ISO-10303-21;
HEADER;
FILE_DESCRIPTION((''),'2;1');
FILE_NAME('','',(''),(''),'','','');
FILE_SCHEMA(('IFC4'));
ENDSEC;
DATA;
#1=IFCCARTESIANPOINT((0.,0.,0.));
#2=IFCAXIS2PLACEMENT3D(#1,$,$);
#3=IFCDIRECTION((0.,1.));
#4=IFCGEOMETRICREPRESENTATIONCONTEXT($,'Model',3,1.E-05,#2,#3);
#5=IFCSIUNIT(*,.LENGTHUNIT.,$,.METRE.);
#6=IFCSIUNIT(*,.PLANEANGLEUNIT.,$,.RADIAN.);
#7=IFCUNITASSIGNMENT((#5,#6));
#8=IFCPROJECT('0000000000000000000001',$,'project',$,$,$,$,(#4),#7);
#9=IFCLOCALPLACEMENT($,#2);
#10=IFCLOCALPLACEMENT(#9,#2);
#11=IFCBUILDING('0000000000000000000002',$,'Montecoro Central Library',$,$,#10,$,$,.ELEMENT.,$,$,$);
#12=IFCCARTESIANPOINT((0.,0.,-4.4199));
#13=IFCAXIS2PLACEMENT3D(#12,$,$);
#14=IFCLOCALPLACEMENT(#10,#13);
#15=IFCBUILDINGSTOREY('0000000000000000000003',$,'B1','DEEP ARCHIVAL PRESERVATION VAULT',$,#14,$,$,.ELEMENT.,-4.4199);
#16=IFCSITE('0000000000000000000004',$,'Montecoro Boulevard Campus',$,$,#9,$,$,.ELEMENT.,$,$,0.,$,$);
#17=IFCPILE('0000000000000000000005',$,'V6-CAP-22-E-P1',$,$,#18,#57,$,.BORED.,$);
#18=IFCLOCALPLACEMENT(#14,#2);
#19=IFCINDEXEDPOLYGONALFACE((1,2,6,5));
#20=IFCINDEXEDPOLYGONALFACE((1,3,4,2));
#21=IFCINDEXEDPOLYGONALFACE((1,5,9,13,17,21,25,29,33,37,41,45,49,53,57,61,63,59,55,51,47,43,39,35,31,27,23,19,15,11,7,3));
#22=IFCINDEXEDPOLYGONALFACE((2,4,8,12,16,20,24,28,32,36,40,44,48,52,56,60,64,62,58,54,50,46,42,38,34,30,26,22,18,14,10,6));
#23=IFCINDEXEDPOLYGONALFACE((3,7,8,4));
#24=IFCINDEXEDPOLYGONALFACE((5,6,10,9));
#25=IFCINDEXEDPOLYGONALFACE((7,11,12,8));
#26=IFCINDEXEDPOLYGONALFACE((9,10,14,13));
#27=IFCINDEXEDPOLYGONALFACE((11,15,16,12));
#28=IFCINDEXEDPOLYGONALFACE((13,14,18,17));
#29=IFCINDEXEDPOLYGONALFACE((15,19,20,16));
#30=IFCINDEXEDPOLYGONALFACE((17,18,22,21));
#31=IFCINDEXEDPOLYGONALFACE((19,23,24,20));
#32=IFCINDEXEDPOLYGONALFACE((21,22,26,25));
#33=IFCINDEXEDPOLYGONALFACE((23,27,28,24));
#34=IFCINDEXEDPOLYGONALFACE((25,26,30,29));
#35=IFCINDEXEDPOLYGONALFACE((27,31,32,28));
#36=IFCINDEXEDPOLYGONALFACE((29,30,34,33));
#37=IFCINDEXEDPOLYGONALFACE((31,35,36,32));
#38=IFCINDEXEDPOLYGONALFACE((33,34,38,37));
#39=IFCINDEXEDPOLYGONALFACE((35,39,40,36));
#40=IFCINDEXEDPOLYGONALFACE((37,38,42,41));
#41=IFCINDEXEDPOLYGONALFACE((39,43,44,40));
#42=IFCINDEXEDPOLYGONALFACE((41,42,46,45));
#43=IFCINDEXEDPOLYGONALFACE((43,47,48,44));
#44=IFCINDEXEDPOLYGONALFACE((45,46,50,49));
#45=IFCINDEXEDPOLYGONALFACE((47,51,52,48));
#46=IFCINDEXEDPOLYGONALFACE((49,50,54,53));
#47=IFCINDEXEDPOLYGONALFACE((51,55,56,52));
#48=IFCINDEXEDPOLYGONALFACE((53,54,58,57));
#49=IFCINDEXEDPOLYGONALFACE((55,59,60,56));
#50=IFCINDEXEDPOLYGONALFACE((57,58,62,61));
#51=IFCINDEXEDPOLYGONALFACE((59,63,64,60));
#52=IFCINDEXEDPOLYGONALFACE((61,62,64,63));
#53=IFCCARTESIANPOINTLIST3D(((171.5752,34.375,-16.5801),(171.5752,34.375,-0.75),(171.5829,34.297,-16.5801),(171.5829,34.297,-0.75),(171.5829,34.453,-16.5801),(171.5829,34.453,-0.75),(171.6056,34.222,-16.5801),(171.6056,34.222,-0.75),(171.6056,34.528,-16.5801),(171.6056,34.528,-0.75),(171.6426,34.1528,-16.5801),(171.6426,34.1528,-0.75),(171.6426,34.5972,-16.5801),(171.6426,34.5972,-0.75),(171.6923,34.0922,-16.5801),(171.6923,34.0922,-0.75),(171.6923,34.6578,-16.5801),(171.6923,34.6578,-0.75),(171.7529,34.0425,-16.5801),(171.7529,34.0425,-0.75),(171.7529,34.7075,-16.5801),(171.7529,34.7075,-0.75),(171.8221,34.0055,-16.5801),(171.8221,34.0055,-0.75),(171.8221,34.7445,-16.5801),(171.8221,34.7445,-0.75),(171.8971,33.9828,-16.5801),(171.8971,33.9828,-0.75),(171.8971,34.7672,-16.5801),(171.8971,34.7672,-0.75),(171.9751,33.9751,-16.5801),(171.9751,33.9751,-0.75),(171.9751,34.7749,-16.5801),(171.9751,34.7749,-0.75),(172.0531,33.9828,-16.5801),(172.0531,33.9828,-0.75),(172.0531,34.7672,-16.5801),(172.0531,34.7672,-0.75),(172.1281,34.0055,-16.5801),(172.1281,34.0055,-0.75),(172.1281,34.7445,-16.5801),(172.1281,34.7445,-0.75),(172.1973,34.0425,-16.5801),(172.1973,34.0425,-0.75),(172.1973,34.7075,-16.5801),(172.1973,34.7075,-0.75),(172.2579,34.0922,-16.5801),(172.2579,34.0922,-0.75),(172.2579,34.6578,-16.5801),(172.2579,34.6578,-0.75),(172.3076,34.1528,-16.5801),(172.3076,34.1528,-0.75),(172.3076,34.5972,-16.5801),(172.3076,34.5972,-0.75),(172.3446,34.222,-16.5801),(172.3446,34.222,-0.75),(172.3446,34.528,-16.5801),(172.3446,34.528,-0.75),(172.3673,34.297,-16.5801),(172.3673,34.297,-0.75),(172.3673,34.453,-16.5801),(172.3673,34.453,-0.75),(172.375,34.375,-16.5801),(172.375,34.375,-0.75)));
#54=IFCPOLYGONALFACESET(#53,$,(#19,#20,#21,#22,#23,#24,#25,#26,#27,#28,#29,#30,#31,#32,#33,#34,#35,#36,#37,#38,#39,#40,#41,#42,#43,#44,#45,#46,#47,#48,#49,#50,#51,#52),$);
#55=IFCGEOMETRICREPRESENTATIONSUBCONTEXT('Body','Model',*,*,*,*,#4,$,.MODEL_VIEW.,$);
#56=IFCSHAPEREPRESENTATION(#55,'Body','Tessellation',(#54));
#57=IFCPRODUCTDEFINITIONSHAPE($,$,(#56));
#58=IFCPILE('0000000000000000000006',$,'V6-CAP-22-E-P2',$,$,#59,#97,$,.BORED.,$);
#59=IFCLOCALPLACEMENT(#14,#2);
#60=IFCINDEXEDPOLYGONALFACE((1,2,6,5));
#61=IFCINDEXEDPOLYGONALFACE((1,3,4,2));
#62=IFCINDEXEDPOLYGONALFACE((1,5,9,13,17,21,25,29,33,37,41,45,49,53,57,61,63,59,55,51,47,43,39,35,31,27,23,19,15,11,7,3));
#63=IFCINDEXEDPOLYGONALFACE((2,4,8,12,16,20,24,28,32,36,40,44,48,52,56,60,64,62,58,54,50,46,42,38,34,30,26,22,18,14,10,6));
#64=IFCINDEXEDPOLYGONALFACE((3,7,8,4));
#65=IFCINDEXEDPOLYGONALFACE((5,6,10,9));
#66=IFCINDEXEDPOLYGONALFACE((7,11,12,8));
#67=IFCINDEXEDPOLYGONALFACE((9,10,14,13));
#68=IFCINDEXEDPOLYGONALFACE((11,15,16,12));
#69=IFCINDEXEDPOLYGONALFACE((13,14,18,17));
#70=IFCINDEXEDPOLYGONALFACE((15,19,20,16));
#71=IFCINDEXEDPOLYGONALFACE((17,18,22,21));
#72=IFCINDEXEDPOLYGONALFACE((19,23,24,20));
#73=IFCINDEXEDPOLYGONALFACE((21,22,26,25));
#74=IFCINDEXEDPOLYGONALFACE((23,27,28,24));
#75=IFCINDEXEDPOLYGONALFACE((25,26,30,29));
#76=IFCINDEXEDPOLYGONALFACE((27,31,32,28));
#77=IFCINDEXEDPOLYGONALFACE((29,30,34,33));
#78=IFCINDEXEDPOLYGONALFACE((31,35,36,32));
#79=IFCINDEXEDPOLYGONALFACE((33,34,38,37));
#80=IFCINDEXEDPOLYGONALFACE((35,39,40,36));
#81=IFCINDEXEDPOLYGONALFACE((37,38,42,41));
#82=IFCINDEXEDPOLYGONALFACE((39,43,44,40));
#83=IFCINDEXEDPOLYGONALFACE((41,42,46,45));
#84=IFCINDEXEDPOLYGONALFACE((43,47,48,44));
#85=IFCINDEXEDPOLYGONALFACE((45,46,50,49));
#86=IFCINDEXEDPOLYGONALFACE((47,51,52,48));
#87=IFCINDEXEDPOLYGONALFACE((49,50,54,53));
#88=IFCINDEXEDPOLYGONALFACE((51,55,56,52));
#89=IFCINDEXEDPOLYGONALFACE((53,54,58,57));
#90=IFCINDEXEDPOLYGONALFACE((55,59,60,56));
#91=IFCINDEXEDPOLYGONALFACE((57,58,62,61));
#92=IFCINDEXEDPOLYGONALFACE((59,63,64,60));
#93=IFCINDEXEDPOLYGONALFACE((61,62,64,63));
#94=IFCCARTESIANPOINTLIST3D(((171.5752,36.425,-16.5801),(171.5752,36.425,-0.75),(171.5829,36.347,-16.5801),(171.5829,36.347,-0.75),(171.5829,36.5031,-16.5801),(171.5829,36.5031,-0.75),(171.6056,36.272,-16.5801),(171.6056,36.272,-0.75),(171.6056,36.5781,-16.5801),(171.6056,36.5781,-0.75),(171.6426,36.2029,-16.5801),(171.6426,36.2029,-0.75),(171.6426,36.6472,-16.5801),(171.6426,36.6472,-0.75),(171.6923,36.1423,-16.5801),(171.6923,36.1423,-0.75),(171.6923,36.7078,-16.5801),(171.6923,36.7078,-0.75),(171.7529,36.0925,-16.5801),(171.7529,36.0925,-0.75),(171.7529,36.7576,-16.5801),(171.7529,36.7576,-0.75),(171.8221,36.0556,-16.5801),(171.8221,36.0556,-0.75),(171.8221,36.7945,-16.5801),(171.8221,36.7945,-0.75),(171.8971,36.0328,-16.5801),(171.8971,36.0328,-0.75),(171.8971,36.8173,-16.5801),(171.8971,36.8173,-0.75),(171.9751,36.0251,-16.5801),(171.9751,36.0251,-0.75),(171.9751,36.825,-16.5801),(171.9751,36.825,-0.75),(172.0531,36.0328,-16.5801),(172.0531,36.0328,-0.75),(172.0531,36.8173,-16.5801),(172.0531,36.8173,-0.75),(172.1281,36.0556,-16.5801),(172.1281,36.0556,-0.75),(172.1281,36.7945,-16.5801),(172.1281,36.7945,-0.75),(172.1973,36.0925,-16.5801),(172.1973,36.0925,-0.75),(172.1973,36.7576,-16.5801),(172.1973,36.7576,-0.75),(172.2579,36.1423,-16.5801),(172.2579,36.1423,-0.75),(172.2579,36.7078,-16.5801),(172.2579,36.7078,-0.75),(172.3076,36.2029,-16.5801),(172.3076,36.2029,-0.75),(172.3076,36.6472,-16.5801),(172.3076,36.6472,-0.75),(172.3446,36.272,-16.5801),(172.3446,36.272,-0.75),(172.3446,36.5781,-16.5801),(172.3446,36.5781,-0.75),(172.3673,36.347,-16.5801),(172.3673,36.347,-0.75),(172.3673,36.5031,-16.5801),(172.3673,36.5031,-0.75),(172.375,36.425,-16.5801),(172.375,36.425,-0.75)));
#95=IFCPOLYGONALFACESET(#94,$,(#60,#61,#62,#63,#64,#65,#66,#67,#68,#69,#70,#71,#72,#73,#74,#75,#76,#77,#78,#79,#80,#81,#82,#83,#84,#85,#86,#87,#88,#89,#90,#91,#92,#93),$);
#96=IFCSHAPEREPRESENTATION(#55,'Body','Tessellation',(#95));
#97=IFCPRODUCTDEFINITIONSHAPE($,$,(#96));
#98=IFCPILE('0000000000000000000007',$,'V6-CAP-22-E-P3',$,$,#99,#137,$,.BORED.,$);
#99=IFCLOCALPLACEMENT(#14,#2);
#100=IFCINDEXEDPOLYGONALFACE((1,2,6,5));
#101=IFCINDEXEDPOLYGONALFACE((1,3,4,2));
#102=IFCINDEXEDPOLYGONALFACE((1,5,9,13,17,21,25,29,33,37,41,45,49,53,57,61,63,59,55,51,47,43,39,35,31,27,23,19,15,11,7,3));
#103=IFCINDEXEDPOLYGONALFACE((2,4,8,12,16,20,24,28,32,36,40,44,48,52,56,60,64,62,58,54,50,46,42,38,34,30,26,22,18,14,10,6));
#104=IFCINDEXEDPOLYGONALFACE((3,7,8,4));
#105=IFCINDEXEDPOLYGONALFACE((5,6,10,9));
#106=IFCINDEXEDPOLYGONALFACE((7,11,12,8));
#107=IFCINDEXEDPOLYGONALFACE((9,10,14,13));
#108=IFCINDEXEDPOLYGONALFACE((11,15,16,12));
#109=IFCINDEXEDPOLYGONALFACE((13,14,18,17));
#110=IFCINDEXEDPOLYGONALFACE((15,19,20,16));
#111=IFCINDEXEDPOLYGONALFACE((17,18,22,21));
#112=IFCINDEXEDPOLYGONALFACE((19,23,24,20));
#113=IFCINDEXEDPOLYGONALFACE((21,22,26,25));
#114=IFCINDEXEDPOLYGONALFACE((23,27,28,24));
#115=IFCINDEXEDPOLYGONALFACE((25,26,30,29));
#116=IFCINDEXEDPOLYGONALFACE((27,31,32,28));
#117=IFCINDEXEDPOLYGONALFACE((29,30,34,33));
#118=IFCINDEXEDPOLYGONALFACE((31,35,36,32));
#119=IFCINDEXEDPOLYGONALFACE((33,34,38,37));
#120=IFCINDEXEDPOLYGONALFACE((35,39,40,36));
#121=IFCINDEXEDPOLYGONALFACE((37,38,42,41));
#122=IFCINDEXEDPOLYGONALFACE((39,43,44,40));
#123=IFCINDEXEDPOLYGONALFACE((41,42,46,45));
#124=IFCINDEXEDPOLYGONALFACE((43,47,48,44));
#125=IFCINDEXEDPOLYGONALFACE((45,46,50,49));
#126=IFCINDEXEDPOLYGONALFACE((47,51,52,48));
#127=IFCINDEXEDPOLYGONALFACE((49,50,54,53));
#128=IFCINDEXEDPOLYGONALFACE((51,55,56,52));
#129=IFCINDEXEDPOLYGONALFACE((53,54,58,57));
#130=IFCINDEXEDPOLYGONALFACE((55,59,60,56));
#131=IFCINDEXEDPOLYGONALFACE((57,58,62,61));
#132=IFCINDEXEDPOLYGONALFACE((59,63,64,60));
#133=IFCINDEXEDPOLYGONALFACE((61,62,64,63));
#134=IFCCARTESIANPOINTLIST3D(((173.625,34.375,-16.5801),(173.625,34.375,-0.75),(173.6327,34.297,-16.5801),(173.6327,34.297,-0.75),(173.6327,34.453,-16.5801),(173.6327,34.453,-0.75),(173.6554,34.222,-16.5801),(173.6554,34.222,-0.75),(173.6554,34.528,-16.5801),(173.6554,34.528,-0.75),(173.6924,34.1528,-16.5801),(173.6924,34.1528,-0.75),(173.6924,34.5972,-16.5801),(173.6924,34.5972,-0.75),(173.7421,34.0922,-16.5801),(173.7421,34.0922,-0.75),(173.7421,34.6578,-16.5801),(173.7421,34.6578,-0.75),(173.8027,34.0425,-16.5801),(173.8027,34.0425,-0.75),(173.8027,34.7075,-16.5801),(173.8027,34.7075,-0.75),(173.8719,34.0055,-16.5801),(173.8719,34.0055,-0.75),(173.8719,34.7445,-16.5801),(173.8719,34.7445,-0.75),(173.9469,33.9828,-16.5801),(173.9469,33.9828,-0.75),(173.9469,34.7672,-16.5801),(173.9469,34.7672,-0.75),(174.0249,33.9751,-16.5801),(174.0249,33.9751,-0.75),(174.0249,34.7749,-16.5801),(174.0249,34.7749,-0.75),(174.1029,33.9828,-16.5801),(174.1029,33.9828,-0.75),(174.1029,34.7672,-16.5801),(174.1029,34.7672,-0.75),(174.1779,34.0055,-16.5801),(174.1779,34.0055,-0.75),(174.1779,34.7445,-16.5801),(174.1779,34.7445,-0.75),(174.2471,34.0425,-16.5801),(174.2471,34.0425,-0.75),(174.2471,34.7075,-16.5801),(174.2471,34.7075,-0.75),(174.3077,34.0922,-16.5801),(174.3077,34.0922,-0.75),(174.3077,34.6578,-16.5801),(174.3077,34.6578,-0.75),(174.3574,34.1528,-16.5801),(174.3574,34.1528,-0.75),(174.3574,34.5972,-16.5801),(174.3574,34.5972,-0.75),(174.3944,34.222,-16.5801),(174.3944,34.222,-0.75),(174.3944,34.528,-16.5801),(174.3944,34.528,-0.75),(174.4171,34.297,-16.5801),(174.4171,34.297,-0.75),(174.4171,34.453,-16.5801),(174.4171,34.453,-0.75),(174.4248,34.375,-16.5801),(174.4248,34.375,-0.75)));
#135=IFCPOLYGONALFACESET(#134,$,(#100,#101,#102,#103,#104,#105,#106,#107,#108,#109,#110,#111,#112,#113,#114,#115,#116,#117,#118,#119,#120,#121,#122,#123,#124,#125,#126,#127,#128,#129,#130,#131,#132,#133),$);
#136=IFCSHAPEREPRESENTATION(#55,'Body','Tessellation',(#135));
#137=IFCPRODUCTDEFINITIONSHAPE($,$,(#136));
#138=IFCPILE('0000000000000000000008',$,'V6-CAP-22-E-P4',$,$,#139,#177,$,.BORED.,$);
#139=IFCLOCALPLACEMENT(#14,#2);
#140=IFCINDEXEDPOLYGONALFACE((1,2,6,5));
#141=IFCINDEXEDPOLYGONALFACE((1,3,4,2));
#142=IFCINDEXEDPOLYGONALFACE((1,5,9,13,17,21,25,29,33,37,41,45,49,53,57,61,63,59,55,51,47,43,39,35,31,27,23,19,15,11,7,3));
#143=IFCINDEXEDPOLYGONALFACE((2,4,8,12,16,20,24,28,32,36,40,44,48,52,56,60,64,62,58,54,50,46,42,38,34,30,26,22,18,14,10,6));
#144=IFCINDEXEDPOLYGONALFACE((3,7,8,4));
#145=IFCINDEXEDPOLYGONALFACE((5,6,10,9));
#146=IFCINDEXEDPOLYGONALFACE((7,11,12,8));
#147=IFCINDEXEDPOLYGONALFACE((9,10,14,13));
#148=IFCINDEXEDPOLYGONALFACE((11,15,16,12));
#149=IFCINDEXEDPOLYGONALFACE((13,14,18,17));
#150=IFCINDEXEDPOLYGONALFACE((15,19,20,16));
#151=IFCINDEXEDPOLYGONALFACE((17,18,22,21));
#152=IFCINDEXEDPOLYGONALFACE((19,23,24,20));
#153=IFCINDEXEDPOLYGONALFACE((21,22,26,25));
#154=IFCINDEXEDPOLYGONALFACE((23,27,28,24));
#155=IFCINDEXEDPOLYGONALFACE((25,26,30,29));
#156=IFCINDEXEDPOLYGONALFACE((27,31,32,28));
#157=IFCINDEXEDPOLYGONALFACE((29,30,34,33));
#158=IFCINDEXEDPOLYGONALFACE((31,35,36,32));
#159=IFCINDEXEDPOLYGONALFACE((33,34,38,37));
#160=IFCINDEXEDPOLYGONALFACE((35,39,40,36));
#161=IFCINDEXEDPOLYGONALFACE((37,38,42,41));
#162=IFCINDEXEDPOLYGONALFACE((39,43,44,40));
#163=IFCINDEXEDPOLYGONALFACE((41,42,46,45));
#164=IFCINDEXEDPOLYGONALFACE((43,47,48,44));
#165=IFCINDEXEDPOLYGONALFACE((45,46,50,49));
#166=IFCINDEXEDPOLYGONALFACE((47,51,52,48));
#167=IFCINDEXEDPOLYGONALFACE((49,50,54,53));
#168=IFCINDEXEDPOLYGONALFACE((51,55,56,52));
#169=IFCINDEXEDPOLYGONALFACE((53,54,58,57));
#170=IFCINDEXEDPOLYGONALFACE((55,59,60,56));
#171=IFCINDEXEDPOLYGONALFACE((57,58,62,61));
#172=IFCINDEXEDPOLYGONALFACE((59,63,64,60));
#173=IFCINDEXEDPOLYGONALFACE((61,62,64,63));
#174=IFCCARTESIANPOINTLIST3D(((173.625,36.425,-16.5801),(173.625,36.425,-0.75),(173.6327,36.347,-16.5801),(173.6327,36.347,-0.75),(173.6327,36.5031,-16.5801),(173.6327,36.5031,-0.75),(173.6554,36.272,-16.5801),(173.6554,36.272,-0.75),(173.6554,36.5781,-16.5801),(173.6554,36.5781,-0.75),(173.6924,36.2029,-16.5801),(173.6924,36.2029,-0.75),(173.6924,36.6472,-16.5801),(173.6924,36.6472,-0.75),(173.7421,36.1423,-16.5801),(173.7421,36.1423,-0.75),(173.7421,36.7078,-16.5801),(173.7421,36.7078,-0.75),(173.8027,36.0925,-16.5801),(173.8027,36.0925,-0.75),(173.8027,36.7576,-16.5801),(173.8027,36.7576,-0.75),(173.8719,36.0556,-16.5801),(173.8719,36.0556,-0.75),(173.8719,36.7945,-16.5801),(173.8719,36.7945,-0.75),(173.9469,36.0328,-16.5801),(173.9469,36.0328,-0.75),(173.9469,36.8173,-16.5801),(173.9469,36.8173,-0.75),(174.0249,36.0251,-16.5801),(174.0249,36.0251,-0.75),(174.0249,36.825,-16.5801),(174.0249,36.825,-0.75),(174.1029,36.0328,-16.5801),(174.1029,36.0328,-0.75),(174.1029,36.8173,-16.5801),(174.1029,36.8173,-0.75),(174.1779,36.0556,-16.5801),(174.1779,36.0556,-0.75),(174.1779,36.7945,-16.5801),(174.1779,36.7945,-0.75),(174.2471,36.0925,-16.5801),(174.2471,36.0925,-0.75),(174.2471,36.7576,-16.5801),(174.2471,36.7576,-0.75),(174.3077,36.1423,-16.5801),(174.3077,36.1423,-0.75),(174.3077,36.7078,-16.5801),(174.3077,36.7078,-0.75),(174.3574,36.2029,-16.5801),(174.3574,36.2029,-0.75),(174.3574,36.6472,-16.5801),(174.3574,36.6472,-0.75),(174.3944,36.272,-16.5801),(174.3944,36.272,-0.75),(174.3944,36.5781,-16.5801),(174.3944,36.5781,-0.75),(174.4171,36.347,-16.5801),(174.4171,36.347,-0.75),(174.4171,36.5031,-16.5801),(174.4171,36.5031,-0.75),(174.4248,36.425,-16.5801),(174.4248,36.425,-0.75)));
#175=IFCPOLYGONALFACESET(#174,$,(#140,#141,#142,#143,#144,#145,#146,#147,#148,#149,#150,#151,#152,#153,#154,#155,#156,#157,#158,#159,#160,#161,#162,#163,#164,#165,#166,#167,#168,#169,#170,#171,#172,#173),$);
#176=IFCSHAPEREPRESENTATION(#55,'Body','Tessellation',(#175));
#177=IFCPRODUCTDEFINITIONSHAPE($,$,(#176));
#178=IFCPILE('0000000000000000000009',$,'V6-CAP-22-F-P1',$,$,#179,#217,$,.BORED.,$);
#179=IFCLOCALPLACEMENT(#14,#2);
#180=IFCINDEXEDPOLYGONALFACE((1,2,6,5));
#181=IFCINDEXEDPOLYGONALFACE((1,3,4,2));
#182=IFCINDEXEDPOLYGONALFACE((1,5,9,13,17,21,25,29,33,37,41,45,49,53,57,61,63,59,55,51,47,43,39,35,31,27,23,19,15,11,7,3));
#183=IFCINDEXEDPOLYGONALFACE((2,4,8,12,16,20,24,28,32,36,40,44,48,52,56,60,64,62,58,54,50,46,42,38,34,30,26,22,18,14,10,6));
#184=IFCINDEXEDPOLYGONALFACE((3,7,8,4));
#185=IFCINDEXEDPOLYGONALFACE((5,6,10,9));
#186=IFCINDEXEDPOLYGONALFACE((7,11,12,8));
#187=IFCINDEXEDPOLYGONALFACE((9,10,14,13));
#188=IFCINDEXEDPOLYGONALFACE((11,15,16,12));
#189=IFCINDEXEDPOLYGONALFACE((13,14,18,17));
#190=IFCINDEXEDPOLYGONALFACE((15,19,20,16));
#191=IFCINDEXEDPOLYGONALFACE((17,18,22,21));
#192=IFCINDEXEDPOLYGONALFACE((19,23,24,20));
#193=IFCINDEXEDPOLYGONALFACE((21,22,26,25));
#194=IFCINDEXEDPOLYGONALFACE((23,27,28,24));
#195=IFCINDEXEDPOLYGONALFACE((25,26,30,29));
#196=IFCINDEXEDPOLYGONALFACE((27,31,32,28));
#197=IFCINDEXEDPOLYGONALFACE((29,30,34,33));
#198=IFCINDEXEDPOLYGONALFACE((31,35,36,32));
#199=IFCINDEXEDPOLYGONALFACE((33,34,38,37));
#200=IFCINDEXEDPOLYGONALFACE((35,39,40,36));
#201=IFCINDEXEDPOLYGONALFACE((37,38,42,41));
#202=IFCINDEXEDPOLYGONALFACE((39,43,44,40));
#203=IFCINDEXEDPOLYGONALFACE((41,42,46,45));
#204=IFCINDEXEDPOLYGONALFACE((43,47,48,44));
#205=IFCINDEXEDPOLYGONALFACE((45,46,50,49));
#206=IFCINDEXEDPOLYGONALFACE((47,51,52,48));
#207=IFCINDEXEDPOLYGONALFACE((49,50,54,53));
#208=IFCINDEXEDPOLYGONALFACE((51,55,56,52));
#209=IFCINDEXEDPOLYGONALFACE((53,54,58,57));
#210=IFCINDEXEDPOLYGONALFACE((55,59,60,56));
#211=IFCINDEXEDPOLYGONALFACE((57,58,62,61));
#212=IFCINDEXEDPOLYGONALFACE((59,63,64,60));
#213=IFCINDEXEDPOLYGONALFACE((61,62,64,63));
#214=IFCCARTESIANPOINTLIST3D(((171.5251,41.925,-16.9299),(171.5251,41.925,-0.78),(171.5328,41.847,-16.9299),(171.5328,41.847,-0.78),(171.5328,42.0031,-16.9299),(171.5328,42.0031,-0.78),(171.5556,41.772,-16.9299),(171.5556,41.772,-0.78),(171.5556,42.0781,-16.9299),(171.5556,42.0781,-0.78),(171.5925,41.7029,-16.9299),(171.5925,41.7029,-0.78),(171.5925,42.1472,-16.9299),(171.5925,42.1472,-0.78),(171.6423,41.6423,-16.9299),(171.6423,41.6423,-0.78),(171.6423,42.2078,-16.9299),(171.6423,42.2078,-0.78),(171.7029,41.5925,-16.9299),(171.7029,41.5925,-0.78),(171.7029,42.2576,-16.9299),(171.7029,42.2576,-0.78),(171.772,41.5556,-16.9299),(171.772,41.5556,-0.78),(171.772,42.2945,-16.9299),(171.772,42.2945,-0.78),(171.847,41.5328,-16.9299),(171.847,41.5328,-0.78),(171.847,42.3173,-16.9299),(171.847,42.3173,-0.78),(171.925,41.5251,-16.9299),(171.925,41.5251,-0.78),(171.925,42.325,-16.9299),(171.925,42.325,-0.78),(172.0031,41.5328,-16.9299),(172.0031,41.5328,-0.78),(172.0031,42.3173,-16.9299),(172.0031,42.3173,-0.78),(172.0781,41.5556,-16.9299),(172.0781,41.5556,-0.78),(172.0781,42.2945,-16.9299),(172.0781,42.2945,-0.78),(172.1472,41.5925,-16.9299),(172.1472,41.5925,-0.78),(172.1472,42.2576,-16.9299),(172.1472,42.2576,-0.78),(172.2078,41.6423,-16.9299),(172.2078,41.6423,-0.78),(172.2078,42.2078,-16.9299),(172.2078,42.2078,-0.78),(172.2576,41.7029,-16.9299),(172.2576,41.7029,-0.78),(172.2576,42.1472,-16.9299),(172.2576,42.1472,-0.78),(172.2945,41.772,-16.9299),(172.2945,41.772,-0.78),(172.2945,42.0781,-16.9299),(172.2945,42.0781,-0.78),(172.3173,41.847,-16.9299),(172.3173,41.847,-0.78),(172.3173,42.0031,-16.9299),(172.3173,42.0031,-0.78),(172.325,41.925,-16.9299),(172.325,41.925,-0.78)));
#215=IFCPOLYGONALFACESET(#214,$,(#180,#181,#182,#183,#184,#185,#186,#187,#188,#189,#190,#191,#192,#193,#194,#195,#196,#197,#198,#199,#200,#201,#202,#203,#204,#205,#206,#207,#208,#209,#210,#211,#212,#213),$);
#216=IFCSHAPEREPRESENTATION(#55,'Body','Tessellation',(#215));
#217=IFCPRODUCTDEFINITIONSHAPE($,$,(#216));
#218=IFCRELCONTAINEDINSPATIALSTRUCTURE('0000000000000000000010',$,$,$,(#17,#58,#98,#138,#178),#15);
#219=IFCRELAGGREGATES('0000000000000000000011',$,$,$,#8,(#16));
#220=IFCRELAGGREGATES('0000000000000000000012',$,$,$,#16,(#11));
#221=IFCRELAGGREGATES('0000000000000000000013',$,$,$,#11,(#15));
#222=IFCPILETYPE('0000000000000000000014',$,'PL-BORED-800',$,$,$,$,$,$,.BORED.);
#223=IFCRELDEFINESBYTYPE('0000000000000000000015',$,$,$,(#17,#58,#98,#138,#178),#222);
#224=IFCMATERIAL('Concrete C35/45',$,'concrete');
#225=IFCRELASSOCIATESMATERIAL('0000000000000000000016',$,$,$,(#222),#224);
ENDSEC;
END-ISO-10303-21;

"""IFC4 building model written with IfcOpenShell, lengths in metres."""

from ifc_helpers import new_model, si_unit, direction, frame, origin, origin_2d, place, context, subcontext, project, spatial, circle, extrude, material, material_profile, profile_set, type_object, element, save


model = new_model("IFC4")

# Units and contexts
model_context = context("Model", 3, precision=1e-05, world=origin(), true_north=direction((0.0, 1.0)))
body_context = subcontext(model_context, "Body", "Model", "MODEL_VIEW")
ifc_project = project(units=[si_unit("LENGTHUNIT", "METRE"), si_unit("PLANEANGLEUNIT", "RADIAN")], contexts=[model_context])

# Site, building, storey
site_placement = place(None, origin())
site = spatial("IfcSite", under=ifc_project, at=site_placement, Name="Montecoro Boulevard Campus", CompositionType="ELEMENT", RefElevation=0.0)
building_placement = place(site_placement, origin())
building = spatial("IfcBuilding", under=site, at=building_placement, Name="Montecoro Central Library", CompositionType="ELEMENT")
storey_placement = place(building_placement, frame((0.0, 0.0, -4.4199)))
storey = spatial("IfcBuildingStorey", under=building, at=storey_placement, Name="B1", Description="DEEP ARCHIVAL PRESERVATION VAULT", CompositionType="ELEMENT", Elevation=-4.4199)

# Shared definitions
ifc_material_1 = material(Name="Concrete C35/45", Category="concrete")

# Piles
ifc_material_profile_1 = material_profile(ifc_material_1, circle(Radius=0.3999, at=origin_2d()), Name="PILE D800")
ifc_profile_set_1 = profile_set([ifc_material_profile_1], Name="Concrete C35/45")
pile_type_1 = type_object("IfcPileType", Name="PL-BORED-800", PredefinedType="BORED", material=ifc_profile_set_1)
for number, where, z_axis, x_axis, name in (
    (1, (171.9751, 34.375, -0.75), (0.0, 0.0, -1.0), (1.0, 0.0, 0.0), "V6-CAP-22-E-P1"),
    (2, (171.9751, 36.425, -0.75), (0.0, 0.0, -1.0), (1.0, 0.0, 0.0), "V6-CAP-22-E-P2"),
    (3, (174.0249, 34.375, -0.75), (0.0, 0.0, -1.0), (1.0, 0.0, 0.0), "V6-CAP-22-E-P3"),
    (4, (174.0249, 36.425, -0.75), (0.0, 0.0, -1.0), (1.0, 0.0, 0.0), "V6-CAP-22-E-P4"),
):
    element("IfcPile", number, at=place(storey_placement, frame(where, z_axis=z_axis, x_axis=x_axis)), inside=storey, type_object=pile_type_1, Name=name, PredefinedType="BORED", context=body_context, shape_type="SweptSolid", body=[
        extrude(circle(Radius=0.3999, at=origin_2d()), origin(), (0.0, 0.0, 1.0), 15.8301),
    ])
pile_1_placement = place(storey_placement, frame((171.925, 41.925, -0.78), z_axis=(0.0, 0.0, -1.0), x_axis=(1.0, 0.0, 0.0)))
element("IfcPile", 5, at=pile_1_placement, inside=storey, type_object=pile_type_1, Name="V6-CAP-22-F-P1", PredefinedType="BORED", context=body_context, shape_type="SweptSolid", body=[
    extrude(circle(Radius=0.3999, at=origin_2d()), origin(), (0.0, 0.0, 1.0), 16.1499),
])

save(model, "model.ifc")
